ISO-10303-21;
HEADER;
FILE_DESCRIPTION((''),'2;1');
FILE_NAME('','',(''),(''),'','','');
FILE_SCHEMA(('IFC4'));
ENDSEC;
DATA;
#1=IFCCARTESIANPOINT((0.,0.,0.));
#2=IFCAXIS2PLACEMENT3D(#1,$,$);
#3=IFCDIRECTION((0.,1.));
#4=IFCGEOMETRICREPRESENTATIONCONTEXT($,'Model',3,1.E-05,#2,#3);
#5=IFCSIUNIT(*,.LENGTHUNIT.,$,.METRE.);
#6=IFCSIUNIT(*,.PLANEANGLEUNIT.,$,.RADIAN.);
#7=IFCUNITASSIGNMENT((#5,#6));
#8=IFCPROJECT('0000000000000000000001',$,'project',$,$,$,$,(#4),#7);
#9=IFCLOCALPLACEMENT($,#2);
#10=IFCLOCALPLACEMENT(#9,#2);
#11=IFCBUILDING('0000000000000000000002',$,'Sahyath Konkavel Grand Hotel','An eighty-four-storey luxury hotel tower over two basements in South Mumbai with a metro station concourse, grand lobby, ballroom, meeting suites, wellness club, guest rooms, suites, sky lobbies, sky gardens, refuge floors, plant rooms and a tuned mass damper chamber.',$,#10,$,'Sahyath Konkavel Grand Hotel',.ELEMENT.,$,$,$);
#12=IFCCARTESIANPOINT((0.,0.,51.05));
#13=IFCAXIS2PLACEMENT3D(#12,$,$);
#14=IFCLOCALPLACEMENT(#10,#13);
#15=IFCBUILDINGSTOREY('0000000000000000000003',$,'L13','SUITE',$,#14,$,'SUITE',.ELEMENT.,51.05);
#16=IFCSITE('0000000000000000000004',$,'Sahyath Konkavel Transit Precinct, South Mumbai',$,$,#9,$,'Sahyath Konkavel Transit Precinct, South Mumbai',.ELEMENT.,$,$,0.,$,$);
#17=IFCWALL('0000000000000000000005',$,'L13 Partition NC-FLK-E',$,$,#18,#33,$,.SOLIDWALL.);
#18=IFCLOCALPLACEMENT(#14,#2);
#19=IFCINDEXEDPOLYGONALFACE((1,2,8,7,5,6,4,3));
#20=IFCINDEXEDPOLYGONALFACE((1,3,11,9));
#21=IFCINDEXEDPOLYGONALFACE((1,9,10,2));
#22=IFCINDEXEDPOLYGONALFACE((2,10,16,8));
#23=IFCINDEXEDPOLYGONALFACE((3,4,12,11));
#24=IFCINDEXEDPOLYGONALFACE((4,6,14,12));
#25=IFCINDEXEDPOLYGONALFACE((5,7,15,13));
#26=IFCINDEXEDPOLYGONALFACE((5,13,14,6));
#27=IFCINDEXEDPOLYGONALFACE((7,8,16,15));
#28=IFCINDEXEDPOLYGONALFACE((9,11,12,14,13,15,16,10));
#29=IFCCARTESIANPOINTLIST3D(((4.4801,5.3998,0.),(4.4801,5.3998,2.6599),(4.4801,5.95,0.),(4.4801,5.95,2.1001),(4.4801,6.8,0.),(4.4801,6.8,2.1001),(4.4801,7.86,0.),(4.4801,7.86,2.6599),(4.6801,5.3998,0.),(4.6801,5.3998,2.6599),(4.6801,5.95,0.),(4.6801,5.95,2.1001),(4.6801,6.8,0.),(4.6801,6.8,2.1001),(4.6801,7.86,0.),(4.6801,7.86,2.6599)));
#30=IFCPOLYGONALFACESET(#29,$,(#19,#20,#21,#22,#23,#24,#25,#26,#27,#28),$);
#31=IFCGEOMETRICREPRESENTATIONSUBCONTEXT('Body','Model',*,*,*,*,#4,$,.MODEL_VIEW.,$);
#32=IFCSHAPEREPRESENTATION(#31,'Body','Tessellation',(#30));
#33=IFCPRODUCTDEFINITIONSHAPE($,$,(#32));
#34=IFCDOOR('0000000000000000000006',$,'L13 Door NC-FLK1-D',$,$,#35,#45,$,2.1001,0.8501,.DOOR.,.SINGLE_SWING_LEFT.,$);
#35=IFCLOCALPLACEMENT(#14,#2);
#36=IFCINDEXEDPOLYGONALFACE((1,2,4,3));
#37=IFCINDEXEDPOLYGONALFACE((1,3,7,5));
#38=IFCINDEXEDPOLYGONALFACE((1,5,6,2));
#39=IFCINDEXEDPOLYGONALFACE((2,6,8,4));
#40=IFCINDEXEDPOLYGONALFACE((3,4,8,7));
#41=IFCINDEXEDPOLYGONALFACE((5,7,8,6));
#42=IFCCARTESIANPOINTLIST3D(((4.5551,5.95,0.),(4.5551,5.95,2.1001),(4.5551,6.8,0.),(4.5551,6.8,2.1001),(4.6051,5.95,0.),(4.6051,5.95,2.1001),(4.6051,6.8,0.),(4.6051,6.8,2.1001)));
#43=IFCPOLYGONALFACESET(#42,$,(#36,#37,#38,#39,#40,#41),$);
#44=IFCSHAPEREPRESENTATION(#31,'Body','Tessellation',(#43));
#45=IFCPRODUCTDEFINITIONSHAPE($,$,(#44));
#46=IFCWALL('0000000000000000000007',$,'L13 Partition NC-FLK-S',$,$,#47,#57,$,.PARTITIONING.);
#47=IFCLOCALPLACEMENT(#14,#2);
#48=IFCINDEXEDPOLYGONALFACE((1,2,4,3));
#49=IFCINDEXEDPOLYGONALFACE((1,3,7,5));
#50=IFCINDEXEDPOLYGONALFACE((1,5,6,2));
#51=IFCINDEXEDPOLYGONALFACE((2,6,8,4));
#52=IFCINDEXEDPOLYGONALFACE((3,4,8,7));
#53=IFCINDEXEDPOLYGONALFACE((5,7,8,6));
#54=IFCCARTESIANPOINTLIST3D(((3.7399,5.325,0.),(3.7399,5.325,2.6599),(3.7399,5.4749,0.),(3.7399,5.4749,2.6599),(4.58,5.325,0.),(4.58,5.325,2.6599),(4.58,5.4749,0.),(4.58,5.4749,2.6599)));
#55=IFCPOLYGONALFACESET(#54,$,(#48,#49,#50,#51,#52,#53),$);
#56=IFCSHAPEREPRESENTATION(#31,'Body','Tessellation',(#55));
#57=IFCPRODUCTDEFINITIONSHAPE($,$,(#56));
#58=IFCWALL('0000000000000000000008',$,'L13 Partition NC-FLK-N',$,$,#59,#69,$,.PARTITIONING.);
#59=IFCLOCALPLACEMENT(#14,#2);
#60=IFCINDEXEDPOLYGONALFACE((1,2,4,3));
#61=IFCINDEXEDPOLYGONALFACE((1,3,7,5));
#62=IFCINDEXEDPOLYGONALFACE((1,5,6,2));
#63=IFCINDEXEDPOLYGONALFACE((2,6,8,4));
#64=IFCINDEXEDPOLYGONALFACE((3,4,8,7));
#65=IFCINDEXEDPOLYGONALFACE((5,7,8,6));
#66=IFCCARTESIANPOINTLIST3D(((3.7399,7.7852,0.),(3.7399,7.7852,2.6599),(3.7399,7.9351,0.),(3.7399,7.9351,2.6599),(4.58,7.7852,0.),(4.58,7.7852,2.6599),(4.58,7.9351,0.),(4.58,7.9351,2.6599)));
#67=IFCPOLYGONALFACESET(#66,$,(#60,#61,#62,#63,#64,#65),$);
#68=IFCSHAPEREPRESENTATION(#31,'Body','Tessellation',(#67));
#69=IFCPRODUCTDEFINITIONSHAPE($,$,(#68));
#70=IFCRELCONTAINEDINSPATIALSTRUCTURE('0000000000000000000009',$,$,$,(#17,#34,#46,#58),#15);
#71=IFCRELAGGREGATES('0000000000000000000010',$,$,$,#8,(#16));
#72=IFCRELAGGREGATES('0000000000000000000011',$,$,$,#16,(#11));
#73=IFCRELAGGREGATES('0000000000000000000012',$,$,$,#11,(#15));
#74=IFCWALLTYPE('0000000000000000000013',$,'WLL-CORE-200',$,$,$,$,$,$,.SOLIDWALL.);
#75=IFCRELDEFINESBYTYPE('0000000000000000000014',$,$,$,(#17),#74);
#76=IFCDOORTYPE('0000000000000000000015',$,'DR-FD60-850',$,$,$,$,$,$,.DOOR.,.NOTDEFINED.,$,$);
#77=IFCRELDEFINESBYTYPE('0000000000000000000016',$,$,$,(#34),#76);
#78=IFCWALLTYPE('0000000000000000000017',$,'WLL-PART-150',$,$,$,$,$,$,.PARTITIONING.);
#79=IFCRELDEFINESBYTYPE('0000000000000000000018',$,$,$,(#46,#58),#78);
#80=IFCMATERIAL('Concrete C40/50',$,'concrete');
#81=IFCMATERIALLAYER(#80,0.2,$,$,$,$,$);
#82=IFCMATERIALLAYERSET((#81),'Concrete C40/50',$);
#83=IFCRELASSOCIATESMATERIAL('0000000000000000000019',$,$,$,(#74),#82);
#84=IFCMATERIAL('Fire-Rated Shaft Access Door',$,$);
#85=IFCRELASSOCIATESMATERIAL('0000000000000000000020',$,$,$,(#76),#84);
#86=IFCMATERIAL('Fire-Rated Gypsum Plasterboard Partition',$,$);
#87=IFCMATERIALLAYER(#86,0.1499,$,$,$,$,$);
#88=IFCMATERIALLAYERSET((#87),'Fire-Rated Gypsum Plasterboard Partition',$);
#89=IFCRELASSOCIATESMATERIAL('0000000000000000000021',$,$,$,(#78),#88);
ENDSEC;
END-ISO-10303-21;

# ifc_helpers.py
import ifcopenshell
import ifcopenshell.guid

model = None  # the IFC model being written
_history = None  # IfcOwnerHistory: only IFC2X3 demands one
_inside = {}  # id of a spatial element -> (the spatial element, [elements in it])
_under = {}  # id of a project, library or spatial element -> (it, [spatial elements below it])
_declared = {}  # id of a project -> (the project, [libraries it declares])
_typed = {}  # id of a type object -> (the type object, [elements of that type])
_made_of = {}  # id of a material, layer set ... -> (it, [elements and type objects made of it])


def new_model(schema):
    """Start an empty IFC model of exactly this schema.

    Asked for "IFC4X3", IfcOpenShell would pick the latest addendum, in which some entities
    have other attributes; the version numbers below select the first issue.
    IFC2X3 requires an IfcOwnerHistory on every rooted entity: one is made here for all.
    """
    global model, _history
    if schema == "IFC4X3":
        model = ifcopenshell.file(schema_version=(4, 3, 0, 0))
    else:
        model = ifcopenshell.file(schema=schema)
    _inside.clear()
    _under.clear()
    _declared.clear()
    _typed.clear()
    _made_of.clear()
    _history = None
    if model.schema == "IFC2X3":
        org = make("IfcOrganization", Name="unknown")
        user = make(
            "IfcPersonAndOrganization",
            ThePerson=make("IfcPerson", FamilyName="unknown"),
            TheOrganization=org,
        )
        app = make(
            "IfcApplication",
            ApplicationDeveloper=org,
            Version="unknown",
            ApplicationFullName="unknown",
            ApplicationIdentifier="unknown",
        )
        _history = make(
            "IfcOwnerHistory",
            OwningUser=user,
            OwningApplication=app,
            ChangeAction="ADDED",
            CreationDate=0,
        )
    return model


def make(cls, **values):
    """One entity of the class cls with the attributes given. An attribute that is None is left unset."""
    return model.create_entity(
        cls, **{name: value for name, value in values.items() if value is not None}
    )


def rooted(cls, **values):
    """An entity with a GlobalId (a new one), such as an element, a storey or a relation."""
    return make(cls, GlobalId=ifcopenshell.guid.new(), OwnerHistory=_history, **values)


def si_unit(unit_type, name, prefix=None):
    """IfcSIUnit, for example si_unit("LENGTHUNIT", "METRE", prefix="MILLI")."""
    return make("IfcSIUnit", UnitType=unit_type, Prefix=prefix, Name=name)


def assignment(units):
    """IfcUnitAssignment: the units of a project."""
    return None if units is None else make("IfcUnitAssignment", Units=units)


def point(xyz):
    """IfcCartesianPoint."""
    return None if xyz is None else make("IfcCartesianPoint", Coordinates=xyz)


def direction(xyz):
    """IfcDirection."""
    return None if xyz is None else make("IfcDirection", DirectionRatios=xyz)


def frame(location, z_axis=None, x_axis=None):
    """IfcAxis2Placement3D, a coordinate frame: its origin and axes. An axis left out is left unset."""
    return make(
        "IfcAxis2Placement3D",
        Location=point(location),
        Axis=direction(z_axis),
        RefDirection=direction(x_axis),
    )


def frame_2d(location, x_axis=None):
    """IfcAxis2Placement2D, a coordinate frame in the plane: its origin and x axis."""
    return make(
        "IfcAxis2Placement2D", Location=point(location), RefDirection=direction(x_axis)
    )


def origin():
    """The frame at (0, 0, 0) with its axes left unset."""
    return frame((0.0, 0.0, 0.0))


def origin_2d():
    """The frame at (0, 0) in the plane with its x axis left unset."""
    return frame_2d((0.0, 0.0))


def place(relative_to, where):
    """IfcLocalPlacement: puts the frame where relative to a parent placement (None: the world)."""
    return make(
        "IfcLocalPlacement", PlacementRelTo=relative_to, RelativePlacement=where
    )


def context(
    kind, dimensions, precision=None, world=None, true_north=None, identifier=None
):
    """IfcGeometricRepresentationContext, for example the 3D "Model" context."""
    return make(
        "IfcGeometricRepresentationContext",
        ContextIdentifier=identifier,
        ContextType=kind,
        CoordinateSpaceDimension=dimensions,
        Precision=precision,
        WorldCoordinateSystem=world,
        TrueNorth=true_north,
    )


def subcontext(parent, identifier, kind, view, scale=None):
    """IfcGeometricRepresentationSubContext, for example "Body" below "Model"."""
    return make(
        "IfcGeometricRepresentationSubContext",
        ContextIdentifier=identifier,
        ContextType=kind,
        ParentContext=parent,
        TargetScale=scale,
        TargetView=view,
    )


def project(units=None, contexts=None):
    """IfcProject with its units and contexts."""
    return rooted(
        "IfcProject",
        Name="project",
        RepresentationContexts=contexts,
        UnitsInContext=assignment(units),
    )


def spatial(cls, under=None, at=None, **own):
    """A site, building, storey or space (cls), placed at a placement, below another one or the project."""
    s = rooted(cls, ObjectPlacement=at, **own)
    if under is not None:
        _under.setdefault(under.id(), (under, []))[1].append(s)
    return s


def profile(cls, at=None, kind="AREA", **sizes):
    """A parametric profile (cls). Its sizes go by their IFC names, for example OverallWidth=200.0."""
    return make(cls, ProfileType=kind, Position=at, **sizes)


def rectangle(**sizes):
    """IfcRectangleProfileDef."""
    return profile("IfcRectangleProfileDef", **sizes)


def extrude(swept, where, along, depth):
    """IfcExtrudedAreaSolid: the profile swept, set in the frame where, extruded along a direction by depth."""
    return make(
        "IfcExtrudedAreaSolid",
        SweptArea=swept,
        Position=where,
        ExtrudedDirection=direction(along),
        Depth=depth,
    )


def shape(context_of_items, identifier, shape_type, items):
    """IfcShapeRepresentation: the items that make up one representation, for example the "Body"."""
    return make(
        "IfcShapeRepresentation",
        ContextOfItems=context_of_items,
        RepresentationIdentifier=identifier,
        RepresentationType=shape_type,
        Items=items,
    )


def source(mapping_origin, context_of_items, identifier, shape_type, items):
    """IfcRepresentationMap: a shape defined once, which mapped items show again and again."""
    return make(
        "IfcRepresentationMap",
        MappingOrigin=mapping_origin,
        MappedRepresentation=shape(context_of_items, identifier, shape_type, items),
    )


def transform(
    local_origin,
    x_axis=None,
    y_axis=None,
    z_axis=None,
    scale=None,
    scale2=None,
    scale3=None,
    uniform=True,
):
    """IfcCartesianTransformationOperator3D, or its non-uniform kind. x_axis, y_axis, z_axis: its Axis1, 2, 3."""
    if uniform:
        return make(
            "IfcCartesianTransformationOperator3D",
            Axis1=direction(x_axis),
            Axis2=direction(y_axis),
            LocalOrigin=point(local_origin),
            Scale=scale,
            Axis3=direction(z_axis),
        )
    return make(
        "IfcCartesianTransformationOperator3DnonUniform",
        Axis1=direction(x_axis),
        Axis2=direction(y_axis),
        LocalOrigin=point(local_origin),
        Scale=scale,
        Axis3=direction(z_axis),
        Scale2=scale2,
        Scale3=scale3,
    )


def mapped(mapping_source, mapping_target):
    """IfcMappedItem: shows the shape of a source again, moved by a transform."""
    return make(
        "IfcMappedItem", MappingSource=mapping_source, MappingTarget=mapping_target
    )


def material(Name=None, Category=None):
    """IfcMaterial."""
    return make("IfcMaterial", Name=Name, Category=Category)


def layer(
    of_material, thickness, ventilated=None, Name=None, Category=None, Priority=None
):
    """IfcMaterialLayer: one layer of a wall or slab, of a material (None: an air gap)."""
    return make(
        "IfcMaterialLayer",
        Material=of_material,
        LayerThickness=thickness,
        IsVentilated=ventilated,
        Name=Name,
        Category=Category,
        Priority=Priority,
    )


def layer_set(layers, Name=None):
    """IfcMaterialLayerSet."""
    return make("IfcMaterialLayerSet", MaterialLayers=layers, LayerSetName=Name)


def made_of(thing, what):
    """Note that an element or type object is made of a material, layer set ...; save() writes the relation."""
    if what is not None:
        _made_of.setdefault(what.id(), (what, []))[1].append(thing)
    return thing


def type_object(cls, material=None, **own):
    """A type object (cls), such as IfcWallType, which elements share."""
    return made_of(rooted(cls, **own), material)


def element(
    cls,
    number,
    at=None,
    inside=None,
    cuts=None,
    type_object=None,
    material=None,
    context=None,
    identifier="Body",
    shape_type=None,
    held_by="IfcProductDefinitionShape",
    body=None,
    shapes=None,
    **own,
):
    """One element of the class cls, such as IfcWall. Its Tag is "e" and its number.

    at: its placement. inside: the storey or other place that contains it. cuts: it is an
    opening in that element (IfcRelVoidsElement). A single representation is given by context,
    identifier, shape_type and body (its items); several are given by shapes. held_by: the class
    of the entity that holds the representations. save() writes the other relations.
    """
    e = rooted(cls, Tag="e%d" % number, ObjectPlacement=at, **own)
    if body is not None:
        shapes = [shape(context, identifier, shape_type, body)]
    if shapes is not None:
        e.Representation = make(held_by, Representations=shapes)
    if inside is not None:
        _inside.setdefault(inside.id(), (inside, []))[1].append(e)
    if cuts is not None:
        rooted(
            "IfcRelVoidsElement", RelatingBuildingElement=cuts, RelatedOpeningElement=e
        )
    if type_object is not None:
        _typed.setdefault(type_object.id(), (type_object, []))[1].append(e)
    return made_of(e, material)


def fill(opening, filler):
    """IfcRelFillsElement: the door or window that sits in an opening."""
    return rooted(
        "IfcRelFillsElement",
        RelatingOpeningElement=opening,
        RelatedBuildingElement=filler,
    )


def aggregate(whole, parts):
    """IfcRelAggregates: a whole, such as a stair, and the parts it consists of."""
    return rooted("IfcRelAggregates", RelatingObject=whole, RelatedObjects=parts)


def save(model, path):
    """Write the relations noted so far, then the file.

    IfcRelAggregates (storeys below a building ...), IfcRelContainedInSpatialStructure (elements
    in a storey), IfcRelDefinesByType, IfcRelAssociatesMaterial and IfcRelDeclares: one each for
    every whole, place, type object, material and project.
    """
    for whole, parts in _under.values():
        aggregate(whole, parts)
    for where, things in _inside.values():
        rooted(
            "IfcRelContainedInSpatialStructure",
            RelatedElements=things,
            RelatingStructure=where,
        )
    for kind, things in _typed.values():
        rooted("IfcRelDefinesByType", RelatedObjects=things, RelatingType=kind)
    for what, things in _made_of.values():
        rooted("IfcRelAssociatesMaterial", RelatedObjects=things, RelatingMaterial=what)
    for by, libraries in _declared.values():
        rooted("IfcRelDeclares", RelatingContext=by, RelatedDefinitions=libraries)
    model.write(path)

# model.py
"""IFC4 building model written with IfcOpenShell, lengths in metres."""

from ifc_helpers import new_model, si_unit, direction, frame, frame_2d, origin, origin_2d, place, context, subcontext, project, spatial, rectangle, extrude, source, transform, mapped, material, layer, layer_set, type_object, element, fill, save


model = new_model("IFC4")

# Units and contexts
model_context = context("Model", 3, precision=1e-05, world=origin(), true_north=direction((0.0, 1.0)))
body_context = subcontext(model_context, "Body", "Model", "MODEL_VIEW")
ifc_project = project(units=[si_unit("LENGTHUNIT", "METRE"), si_unit("PLANEANGLEUNIT", "RADIAN")], contexts=[model_context])

# Site, building, storey
site_placement = place(None, origin())
site = spatial("IfcSite", under=ifc_project, at=site_placement, Name="Sahyath Konkavel Transit Precinct, South Mumbai", LongName="Sahyath Konkavel Transit Precinct, South Mumbai", CompositionType="ELEMENT", RefElevation=0.0)
building_placement = place(site_placement, origin())
building = spatial("IfcBuilding", under=site, at=building_placement, Name="Sahyath Konkavel Grand Hotel", Description="An eighty-four-storey luxury hotel tower over two basements in South Mumbai with a metro station concourse, grand lobby, ballroom, meeting suites, wellness club, guest rooms, suites, sky lobbies, sky gardens, refuge floors, plant rooms and a tuned mass damper chamber.", LongName="Sahyath Konkavel Grand Hotel", CompositionType="ELEMENT")
storey_placement = place(building_placement, frame((0.0, 0.0, 51.05)))
storey = spatial("IfcBuildingStorey", under=building, at=storey_placement, Name="L13", Description="SUITE", LongName="SUITE", CompositionType="ELEMENT", Elevation=51.05)

# Shared definitions
ifc_material_1 = material(Name="Concrete C40/50", Category="concrete")
ifc_layer_1 = layer(ifc_material_1, 0.2)
ifc_layer_set_1 = layer_set([ifc_layer_1], Name="Concrete C40/50")
wall_type_1 = type_object("IfcWallType", Name="WLL-CORE-200", PredefinedType="SOLIDWALL", material=ifc_layer_set_1)

# Wall, opening, door
wall_1_placement = place(storey_placement, frame((4.5801, 5.3999, 0.0), z_axis=(0.0, 0.0, 1.0), x_axis=(0.0, 1.0, 0.0)))
wall_1 = element("IfcWall", 1, at=wall_1_placement, inside=storey, type_object=wall_type_1, Name="L13 Partition NC-FLK-E", PredefinedType="SOLIDWALL", context=body_context, shape_type="SweptSolid", body=[
    extrude(rectangle(XDim=2.4602, YDim=0.2, at=frame_2d((1.23, 0.0))), origin(), (0.0, 0.0, 1.0), 2.6599),
])
opening_1_placement = place(wall_1_placement, frame((0.55, 0.0, 0.0)))
opening_1 = element("IfcOpeningElement", 2, at=opening_1_placement, cuts=wall_1, PredefinedType="OPENING", context=body_context, shape_type="SweptSolid", body=[
    extrude(rectangle(XDim=0.8501, YDim=2.1001, at=frame_2d((0.425, 1.05))), frame((0.0, 0.1099, 0.0), z_axis=(0.0, -1.0, 0.0), x_axis=(1.0, 0.0, 0.0)), (0.0, 0.0, 1.0), 0.22),
])
ifc_material_2 = material(Name="Fire-Rated Shaft Access Door")
door_type_1 = type_object("IfcDoorType", Name="DR-FD60-850", OperationType="NOTDEFINED", PredefinedType="DOOR", material=ifc_material_2)
shared_shape_1 = source(origin(), body_context, "Body", "SweptSolid", [
    extrude(rectangle(XDim=0.8501, YDim=0.05, at=origin_2d()), origin(), (0.0, 0.0, 1.0), 2.1001),
])
door_1_placement = place(opening_1_placement, frame((0.425, 0.0, 0.0)))
door_1 = element("IfcDoor", 3, at=door_1_placement, inside=storey, type_object=door_type_1, Name="L13 Door NC-FLK1-D", OperationType="SINGLE_SWING_LEFT", OverallHeight=2.1001, OverallWidth=0.8501, PredefinedType="DOOR", context=body_context, shape_type="MappedRepresentation", body=[
    mapped(shared_shape_1, transform((0.0, 0.0, 0.0), scale=1.0)),
])
fill(opening_1, door_1)

# Walls
ifc_material_3 = material(Name="Fire-Rated Gypsum Plasterboard Partition")
ifc_layer_2 = layer(ifc_material_3, 0.1499)
ifc_layer_set_2 = layer_set([ifc_layer_2], Name="Fire-Rated Gypsum Plasterboard Partition")
wall_type_2 = type_object("IfcWallType", Name="WLL-PART-150", PredefinedType="PARTITIONING", material=ifc_layer_set_2)
for number, where, z_axis, x_axis, name in (
    (4, (3.74, 5.3999, 0.0), (0.0, 0.0, 1.0), (1.0, 0.0, 0.0), "L13 Partition NC-FLK-S"),
    (5, (3.74, 7.8601, 0.0), (0.0, 0.0, 1.0), (1.0, 0.0, 0.0), "L13 Partition NC-FLK-N"),
):
    element("IfcWall", number, at=place(storey_placement, frame(where, z_axis=z_axis, x_axis=x_axis)), inside=storey, type_object=wall_type_2, Name=name, PredefinedType="PARTITIONING", context=body_context, shape_type="SweptSolid", body=[
        extrude(rectangle(XDim=0.8401, YDim=0.1499, at=frame_2d((0.4199, 0.0))), origin(), (0.0, 0.0, 1.0), 2.6599),
    ])

save(model, "model.ifc")
